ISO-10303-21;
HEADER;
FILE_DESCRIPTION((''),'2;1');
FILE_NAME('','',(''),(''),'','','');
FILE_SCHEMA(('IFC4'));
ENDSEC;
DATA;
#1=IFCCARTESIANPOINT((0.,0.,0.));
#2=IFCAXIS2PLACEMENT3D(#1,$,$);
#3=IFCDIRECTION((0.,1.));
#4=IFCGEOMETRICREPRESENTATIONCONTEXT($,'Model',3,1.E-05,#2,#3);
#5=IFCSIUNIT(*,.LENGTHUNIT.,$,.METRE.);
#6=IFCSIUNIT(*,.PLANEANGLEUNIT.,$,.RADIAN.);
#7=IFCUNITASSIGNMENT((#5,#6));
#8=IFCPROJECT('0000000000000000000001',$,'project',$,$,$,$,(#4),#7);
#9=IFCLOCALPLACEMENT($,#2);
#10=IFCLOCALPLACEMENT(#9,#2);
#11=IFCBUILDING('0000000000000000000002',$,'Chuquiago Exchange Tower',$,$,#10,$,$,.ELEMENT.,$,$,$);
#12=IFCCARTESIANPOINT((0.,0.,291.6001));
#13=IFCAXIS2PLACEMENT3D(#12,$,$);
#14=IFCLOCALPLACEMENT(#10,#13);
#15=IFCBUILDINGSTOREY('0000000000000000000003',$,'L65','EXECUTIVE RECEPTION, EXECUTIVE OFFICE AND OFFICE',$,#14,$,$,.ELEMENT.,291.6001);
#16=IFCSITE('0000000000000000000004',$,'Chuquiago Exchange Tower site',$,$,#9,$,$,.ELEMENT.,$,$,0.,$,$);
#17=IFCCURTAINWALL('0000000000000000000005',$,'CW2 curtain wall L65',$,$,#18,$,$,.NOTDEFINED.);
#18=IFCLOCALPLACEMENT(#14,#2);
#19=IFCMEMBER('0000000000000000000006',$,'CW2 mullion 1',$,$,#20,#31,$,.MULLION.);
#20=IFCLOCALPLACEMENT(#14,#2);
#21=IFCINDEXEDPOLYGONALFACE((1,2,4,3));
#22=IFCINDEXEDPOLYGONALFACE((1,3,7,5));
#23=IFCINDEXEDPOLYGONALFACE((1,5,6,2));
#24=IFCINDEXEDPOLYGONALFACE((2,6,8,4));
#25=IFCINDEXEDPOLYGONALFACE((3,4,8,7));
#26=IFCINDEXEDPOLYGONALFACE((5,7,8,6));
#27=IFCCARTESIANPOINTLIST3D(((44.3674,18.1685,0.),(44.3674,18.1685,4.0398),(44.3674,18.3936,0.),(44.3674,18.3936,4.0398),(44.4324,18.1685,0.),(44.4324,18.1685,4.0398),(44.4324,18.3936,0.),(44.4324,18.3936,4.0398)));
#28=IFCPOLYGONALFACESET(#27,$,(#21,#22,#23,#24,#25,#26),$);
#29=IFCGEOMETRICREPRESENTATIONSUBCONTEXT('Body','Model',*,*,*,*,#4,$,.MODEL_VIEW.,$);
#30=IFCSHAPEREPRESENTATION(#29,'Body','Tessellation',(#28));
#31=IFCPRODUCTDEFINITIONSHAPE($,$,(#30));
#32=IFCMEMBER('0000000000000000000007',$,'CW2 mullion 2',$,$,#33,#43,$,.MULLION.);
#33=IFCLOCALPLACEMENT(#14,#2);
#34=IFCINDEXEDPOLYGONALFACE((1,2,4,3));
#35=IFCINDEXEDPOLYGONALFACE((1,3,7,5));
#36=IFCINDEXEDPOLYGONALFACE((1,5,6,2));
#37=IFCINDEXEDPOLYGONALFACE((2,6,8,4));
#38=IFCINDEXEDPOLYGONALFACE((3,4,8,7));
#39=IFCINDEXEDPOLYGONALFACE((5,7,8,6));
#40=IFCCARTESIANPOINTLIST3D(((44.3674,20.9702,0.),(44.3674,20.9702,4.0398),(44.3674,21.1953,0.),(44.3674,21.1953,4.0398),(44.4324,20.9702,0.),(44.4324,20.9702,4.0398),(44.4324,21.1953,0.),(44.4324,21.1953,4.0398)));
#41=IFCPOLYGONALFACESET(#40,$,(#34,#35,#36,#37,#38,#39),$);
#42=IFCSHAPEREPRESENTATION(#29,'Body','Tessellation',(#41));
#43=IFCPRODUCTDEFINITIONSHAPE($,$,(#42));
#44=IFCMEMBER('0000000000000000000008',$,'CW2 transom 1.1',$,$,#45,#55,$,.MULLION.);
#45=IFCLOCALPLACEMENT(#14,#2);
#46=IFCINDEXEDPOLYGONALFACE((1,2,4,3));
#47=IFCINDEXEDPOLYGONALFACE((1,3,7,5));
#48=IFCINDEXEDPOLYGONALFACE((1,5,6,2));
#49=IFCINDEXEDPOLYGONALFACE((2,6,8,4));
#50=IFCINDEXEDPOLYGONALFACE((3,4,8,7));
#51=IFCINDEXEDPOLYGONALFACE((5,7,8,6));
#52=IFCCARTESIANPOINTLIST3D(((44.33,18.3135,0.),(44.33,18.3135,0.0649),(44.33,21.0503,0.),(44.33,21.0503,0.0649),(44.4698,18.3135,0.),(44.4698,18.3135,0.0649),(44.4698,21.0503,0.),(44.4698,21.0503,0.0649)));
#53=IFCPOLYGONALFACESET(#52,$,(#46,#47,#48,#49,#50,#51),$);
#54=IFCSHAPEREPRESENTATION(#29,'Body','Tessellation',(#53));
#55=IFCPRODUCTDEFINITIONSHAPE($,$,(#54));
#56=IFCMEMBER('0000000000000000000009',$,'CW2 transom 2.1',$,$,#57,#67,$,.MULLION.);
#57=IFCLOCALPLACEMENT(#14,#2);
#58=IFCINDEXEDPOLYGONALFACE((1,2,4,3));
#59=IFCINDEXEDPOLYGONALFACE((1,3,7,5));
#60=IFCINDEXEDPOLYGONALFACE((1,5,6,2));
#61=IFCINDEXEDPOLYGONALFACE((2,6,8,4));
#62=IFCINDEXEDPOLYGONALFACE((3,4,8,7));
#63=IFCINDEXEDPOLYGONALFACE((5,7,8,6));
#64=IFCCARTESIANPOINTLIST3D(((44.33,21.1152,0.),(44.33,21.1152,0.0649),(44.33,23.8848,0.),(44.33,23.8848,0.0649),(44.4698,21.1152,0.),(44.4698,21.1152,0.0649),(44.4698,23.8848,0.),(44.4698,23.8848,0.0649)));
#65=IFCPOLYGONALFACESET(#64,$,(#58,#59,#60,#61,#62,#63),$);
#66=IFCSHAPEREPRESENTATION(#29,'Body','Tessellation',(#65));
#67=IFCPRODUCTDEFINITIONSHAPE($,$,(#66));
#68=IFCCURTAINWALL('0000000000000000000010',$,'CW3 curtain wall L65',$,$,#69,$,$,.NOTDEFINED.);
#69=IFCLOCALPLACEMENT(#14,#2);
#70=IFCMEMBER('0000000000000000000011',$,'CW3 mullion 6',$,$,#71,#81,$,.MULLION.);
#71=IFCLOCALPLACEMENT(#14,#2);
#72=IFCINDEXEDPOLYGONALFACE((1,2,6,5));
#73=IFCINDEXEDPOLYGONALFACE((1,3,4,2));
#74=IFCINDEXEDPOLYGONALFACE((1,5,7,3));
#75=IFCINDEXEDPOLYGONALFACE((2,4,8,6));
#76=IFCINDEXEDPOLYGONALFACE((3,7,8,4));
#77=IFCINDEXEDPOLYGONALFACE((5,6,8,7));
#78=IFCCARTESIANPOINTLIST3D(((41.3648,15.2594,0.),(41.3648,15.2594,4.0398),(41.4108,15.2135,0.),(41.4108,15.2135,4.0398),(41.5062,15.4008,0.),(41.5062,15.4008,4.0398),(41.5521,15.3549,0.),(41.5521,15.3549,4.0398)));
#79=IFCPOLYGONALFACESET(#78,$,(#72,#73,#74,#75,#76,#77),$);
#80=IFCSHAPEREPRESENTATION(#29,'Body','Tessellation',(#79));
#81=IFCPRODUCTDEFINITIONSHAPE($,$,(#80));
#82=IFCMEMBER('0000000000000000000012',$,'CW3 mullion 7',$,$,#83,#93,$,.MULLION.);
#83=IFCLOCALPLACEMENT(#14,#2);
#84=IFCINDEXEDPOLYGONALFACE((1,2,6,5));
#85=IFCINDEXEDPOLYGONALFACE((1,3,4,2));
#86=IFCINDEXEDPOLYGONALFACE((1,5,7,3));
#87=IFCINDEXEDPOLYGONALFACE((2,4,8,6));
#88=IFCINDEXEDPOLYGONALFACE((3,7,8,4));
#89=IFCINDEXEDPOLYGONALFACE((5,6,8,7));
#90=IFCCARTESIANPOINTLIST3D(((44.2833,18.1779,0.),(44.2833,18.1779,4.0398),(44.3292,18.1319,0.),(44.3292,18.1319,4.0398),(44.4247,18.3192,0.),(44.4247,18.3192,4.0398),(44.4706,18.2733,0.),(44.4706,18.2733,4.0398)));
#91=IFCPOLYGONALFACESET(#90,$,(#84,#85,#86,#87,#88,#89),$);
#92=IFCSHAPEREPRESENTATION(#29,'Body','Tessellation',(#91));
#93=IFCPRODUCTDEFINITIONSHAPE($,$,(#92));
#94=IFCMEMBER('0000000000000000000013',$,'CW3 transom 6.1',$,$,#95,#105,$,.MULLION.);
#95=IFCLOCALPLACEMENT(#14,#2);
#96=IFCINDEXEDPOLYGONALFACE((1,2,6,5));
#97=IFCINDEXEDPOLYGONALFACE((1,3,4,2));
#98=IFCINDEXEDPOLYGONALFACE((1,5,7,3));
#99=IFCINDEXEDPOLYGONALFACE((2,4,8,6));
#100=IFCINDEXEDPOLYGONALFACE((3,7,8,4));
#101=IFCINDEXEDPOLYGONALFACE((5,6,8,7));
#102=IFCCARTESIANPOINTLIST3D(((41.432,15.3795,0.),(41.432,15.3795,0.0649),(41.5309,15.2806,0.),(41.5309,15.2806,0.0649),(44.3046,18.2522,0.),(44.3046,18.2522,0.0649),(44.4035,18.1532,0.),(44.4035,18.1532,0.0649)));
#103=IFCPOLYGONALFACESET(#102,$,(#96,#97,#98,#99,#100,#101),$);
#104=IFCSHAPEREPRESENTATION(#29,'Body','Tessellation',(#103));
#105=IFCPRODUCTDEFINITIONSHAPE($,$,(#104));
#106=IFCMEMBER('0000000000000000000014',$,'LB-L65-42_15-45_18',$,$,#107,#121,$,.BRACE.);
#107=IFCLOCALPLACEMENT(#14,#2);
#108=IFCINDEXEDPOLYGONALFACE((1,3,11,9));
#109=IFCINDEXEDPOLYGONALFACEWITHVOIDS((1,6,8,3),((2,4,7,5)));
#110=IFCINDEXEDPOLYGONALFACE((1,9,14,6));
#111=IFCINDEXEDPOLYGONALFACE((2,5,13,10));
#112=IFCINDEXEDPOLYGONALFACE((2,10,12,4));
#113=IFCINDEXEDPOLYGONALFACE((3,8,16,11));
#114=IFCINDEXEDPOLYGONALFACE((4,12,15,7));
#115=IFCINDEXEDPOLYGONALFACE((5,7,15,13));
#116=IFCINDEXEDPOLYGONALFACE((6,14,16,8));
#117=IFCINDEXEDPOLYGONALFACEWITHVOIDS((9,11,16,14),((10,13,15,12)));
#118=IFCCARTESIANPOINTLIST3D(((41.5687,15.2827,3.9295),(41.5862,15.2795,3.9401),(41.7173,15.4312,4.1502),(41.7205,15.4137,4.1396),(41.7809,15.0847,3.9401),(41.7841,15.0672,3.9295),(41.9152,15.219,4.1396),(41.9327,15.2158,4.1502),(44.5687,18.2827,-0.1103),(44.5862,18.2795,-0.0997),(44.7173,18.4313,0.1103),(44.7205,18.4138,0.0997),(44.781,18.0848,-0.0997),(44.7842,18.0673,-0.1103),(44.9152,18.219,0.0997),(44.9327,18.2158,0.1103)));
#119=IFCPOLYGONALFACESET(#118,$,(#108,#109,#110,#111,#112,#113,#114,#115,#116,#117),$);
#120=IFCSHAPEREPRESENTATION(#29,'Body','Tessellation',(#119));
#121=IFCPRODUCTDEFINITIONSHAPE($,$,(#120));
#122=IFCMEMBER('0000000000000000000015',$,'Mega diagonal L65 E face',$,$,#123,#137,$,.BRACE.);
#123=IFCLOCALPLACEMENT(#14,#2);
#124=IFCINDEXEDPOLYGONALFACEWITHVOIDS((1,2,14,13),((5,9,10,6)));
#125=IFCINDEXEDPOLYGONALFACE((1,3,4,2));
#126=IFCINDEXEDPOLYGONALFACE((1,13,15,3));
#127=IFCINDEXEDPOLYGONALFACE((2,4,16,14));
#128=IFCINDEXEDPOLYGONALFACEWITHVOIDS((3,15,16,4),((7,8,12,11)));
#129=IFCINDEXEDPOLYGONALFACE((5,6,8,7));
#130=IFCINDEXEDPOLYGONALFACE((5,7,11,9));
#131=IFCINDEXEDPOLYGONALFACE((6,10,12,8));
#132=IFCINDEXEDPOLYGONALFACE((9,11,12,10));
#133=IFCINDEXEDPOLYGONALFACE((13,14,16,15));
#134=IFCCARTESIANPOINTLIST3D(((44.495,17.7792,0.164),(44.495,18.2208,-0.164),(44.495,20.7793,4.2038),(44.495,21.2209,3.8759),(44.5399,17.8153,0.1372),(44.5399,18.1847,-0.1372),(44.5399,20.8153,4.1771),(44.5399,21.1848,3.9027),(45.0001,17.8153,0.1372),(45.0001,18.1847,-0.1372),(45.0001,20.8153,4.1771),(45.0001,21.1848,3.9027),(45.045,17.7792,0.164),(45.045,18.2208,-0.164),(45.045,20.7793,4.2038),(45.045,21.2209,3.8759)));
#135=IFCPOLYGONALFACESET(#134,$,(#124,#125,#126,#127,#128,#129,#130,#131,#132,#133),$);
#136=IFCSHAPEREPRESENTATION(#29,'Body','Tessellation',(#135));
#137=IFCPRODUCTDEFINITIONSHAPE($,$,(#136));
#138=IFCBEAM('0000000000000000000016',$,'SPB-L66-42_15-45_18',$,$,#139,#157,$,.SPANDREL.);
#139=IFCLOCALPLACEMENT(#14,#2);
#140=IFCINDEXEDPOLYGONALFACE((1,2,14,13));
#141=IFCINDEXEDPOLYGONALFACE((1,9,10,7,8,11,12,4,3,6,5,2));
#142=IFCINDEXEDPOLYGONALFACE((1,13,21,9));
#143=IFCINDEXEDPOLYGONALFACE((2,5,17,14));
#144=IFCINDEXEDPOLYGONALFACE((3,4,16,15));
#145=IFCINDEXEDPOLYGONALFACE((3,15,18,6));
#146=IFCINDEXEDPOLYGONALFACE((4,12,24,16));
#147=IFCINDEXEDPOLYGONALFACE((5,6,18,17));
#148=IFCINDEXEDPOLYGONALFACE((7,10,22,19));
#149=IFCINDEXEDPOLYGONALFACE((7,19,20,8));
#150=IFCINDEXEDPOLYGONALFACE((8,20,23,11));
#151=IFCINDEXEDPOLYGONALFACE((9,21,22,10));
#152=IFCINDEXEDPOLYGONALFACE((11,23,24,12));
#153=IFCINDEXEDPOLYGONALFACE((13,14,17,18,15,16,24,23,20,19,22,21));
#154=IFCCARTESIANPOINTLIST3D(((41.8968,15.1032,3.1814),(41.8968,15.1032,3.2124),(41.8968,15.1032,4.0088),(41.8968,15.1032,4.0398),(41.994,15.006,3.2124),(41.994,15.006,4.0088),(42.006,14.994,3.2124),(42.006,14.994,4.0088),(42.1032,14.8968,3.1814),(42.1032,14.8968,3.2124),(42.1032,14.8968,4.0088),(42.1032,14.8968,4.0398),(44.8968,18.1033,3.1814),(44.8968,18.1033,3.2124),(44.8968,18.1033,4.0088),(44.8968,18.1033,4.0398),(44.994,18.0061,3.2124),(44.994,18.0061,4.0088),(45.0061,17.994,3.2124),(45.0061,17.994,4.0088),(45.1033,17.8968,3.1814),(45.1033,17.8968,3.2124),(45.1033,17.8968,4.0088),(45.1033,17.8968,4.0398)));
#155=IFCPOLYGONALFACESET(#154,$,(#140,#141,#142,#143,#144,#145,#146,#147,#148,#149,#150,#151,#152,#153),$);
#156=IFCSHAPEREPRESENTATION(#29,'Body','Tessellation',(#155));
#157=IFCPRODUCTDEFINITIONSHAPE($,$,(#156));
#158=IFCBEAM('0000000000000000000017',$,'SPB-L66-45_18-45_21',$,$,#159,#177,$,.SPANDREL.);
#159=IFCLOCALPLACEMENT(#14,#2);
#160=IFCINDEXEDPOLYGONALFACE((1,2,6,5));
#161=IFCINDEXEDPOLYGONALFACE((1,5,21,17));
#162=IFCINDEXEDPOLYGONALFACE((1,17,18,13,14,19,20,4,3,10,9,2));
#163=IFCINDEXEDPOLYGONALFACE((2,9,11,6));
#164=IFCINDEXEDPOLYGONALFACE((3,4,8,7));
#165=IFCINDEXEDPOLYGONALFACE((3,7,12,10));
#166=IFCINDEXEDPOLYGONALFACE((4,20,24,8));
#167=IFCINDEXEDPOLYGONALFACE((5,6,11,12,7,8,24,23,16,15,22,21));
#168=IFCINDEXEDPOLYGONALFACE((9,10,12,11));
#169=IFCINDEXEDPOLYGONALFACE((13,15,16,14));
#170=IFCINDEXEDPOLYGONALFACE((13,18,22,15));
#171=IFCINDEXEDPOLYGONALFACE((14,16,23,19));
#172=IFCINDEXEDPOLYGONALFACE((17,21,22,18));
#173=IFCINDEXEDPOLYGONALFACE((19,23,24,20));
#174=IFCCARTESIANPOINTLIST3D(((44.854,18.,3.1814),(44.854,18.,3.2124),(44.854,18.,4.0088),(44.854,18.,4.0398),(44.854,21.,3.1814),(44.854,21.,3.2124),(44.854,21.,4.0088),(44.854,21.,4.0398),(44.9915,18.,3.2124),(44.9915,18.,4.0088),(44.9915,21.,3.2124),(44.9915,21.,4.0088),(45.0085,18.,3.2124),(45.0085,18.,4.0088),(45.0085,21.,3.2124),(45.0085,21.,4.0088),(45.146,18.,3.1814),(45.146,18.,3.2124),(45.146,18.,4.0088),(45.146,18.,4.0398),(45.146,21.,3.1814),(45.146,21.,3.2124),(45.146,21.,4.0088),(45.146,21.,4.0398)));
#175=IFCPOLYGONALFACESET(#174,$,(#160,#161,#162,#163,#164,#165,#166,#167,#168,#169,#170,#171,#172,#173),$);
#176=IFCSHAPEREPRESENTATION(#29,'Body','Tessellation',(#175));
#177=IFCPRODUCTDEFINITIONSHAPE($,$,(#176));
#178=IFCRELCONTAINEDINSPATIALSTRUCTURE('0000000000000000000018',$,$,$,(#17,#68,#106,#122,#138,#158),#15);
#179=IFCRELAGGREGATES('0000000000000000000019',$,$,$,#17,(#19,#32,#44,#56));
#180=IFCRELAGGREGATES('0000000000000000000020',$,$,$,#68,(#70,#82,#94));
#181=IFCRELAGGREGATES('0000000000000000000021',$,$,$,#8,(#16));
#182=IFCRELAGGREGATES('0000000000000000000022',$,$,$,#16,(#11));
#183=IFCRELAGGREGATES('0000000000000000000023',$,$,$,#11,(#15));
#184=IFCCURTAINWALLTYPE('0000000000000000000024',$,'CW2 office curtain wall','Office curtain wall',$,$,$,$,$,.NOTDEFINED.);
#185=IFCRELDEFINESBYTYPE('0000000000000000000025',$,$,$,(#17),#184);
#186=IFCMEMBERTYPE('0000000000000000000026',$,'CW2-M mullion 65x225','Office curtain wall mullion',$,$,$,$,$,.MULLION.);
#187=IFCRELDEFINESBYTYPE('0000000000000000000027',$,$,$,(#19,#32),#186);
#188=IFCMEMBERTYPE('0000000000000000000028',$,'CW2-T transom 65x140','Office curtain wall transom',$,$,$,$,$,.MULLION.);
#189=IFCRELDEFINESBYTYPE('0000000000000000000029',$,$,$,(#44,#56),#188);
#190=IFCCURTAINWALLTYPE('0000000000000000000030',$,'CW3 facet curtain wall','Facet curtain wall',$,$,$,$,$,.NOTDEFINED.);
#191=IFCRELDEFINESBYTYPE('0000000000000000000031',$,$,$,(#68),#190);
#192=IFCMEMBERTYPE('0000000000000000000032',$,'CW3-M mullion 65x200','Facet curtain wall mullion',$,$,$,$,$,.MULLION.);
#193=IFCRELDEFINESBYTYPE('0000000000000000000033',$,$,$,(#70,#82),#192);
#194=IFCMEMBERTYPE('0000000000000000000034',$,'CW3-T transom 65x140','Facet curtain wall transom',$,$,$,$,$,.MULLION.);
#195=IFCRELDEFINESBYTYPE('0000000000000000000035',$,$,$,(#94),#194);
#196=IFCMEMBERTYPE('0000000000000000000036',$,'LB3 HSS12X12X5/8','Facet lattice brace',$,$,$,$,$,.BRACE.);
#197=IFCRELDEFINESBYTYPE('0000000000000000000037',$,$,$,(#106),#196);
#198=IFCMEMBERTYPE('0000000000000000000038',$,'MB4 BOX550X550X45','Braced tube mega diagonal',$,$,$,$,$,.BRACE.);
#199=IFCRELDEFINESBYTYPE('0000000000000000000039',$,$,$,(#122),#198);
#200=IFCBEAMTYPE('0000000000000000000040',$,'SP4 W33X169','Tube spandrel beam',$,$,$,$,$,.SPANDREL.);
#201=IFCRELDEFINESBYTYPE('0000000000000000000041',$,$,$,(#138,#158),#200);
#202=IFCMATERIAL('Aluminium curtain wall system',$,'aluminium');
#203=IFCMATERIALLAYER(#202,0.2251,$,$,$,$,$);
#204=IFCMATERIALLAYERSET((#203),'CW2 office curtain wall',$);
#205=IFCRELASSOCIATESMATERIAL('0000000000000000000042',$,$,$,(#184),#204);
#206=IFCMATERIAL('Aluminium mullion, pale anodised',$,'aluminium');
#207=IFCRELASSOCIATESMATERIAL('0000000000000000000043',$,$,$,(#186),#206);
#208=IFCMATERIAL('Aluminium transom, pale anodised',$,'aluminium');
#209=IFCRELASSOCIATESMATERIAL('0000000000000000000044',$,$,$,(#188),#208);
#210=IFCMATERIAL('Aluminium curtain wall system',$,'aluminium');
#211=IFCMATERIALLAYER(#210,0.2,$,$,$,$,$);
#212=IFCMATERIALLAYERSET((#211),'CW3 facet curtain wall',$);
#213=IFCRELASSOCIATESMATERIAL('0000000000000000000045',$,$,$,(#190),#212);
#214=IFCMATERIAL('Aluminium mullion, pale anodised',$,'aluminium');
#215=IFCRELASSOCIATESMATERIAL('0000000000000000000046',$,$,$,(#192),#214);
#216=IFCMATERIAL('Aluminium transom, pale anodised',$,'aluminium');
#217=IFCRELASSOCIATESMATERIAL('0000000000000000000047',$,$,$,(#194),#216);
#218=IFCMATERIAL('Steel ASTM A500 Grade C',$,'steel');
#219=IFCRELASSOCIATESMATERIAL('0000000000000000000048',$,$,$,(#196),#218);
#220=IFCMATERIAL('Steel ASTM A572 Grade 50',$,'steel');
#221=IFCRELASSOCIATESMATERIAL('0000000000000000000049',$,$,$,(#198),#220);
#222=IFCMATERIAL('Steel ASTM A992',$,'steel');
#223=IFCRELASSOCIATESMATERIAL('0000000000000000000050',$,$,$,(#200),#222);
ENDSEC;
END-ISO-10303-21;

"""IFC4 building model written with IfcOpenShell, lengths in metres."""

from ifc_helpers import new_model, si_unit, direction, frame, origin, origin_2d, place, context, subcontext, project, spatial, rectangle, hollow_rectangle, i_section, extrude, material, layer, layer_set, material_profile, profile_set, type_object, element, aggregate, save


model = new_model("IFC4")

# Units and contexts
model_context = context("Model", 3, precision=1e-05, world=origin(), true_north=direction((0.0, 1.0)))
body_context = subcontext(model_context, "Body", "Model", "MODEL_VIEW")
ifc_project = project(units=[si_unit("LENGTHUNIT", "METRE"), si_unit("PLANEANGLEUNIT", "RADIAN")], contexts=[model_context])

# Site, building, storey
site_placement = place(None, origin())
site = spatial("IfcSite", under=ifc_project, at=site_placement, Name="Chuquiago Exchange Tower site", CompositionType="ELEMENT", RefElevation=0.0)
building_placement = place(site_placement, origin())
building = spatial("IfcBuilding", under=site, at=building_placement, Name="Chuquiago Exchange Tower", CompositionType="ELEMENT")
storey_placement = place(building_placement, frame((0.0, 0.0, 291.6001)))
storey = spatial("IfcBuildingStorey", under=building, at=storey_placement, Name="L65", Description="EXECUTIVE RECEPTION, EXECUTIVE OFFICE AND OFFICE", CompositionType="ELEMENT", Elevation=291.6001)

# Curtain walls, members
ifc_material_1 = material(Name="Aluminium curtain wall system", Category="aluminium")
ifc_layer_1 = layer(ifc_material_1, 0.2251)
ifc_layer_set_1 = layer_set([ifc_layer_1], Name="CW2 office curtain wall")
curtain_wall_type_1 = type_object("IfcCurtainWallType", Name="CW2 office curtain wall", Description="Office curtain wall", PredefinedType="NOTDEFINED", material=ifc_layer_set_1)
curtain_wall_1_placement = place(storey_placement, origin())
curtain_wall_1 = element("IfcCurtainWall", 1, at=curtain_wall_1_placement, inside=storey, type_object=curtain_wall_type_1, Name="CW2 curtain wall L65", PredefinedType="NOTDEFINED")
ifc_material_2 = material(Name="Aluminium mullion, pale anodised", Category="aluminium")
ifc_material_profile_1 = material_profile(ifc_material_2, rectangle(XDim=0.0649, YDim=0.2251, at=origin_2d()), Name="AL 65x225")
ifc_profile_set_1 = profile_set([ifc_material_profile_1], Name="Aluminium mullion, pale anodised")
member_type_1 = type_object("IfcMemberType", Name="CW2-M mullion 65x225", Description="Office curtain wall mullion", PredefinedType="MULLION", material=ifc_profile_set_1)
member_1_placement = place(storey_placement, frame((44.3999, 18.281, 0.0), z_axis=(0.0, 0.0, 1.0), x_axis=(-1.0, 0.0, 0.0)))
member_1 = element("IfcMember", 2, at=member_1_placement, type_object=member_type_1, Name="CW2 mullion 1", PredefinedType="MULLION", context=body_context, shape_type="SweptSolid", body=[
    extrude(rectangle(XDim=0.0649, YDim=0.2251, at=origin_2d()), origin(), (0.0, 0.0, 1.0), 4.0398),
])
member_2_placement = place(storey_placement, frame((44.3999, 21.0828, 0.0), z_axis=(0.0, 0.0, 1.0), x_axis=(-1.0, 0.0, 0.0)))
member_2 = element("IfcMember", 3, at=member_2_placement, type_object=member_type_1, Name="CW2 mullion 2", PredefinedType="MULLION", context=body_context, shape_type="SweptSolid", body=[
    extrude(rectangle(XDim=0.0649, YDim=0.2251, at=origin_2d()), origin(), (0.0, 0.0, 1.0), 4.0398),
])
ifc_material_3 = material(Name="Aluminium transom, pale anodised", Category="aluminium")
ifc_material_profile_2 = material_profile(ifc_material_3, rectangle(XDim=0.1399, YDim=0.0649, at=origin_2d()), Name="AL 140x65")
ifc_profile_set_2 = profile_set([ifc_material_profile_2], Name="Aluminium transom, pale anodised")
member_type_2 = type_object("IfcMemberType", Name="CW2-T transom 65x140", Description="Office curtain wall transom", PredefinedType="MULLION", material=ifc_profile_set_2)
member_3_placement = place(storey_placement, frame((44.3999, 18.3135, 0.0325), z_axis=(0.0, 1.0, 0.0), x_axis=(-1.0, 0.0, 0.0)))
member_3 = element("IfcMember", 4, at=member_3_placement, type_object=member_type_2, Name="CW2 transom 1.1", PredefinedType="MULLION", context=body_context, shape_type="SweptSolid", body=[
    extrude(rectangle(XDim=0.1399, YDim=0.0649, at=origin_2d()), origin(), (0.0, 0.0, 1.0), 2.7368),
])
member_4_placement = place(storey_placement, frame((44.3999, 21.1152, 0.0325), z_axis=(0.0, 1.0, 0.0), x_axis=(-1.0, 0.0, 0.0)))
member_4 = element("IfcMember", 5, at=member_4_placement, type_object=member_type_2, Name="CW2 transom 2.1", PredefinedType="MULLION", context=body_context, shape_type="SweptSolid", body=[
    extrude(rectangle(XDim=0.1399, YDim=0.0649, at=origin_2d()), origin(), (0.0, 0.0, 1.0), 2.7695),
])
ifc_material_4 = material(Name="Aluminium curtain wall system", Category="aluminium")
ifc_layer_2 = layer(ifc_material_4, 0.2)
ifc_layer_set_2 = layer_set([ifc_layer_2], Name="CW3 facet curtain wall")
curtain_wall_type_2 = type_object("IfcCurtainWallType", Name="CW3 facet curtain wall", Description="Facet curtain wall", PredefinedType="NOTDEFINED", material=ifc_layer_set_2)
curtain_wall_2_placement = place(storey_placement, origin())
curtain_wall_2 = element("IfcCurtainWall", 6, at=curtain_wall_2_placement, inside=storey, type_object=curtain_wall_type_2, Name="CW3 curtain wall L65", PredefinedType="NOTDEFINED")
ifc_material_5 = material(Name="Aluminium mullion, pale anodised", Category="aluminium")
ifc_material_profile_3 = material_profile(ifc_material_5, rectangle(XDim=0.0649, YDim=0.2, at=origin_2d()), Name="AL 65x200")
ifc_profile_set_3 = profile_set([ifc_material_profile_3], Name="Aluminium mullion, pale anodised")
member_type_3 = type_object("IfcMemberType", Name="CW3-M mullion 65x200", Description="Facet curtain wall mullion", PredefinedType="MULLION", material=ifc_profile_set_3)
member_5_placement = place(storey_placement, frame((41.4585, 15.3071, 0.0), z_axis=(0.0, 0.0, 1.0), x_axis=(-0.707107, 0.707107, 0.0)))
member_5 = element("IfcMember", 7, at=member_5_placement, type_object=member_type_3, Name="CW3 mullion 6", PredefinedType="MULLION", context=body_context, shape_type="SweptSolid", body=[
    extrude(rectangle(XDim=0.0649, YDim=0.2, at=origin_2d()), origin(), (0.0, 0.0, 1.0), 4.0398),
])
member_6_placement = place(storey_placement, frame((44.377, 18.2256, 0.0), z_axis=(0.0, 0.0, 1.0), x_axis=(-0.707107, 0.707107, 0.0)))
member_6 = element("IfcMember", 8, at=member_6_placement, type_object=member_type_3, Name="CW3 mullion 7", PredefinedType="MULLION", context=body_context, shape_type="SweptSolid", body=[
    extrude(rectangle(XDim=0.0649, YDim=0.2, at=origin_2d()), origin(), (0.0, 0.0, 1.0), 4.0398),
])
ifc_material_6 = material(Name="Aluminium transom, pale anodised", Category="aluminium")
ifc_material_profile_4 = material_profile(ifc_material_6, rectangle(XDim=0.1399, YDim=0.0649, at=origin_2d()), Name="AL 140x65")
ifc_profile_set_4 = profile_set([ifc_material_profile_4], Name="Aluminium transom, pale anodised")
member_type_4 = type_object("IfcMemberType", Name="CW3-T transom 65x140", Description="Facet curtain wall transom", PredefinedType="MULLION", material=ifc_profile_set_4)
member_7_placement = place(storey_placement, frame((41.4814, 15.3301, 0.0325), z_axis=(0.707107, 0.707107, 0.0), x_axis=(-0.707107, 0.707107, 0.0)))
member_7 = element("IfcMember", 9, at=member_7_placement, type_object=member_type_4, Name="CW3 transom 6.1", PredefinedType="MULLION", context=body_context, shape_type="SweptSolid", body=[
    extrude(rectangle(XDim=0.1399, YDim=0.0649, at=origin_2d()), origin(), (0.0, 0.0, 1.0), 4.0625),
])

# Members
ifc_material_7 = material(Name="Steel ASTM A500 Grade C", Category="steel")
ifc_material_profile_5 = material_profile(ifc_material_7, hollow_rectangle(XDim=0.3047, YDim=0.3047, WallThickness=0.0146, at=origin_2d()), Name="HSS12X12X5/8")
ifc_profile_set_5 = profile_set([ifc_material_profile_5], Name="Steel ASTM A500 Grade C")
member_type_5 = type_object("IfcMemberType", Name="LB3 HSS12X12X5/8", Description="Facet lattice brace", PredefinedType="BRACE", material=ifc_profile_set_5)
member_8_placement = place(storey_placement, frame((44.7507, 18.2493, 0.0), z_axis=(-0.512092, -0.512092, 0.689582), x_axis=(0.707107, -0.707107, 0.0)))
element("IfcMember", 10, at=member_8_placement, inside=storey, type_object=member_type_5, Name="LB-L65-42_15-45_18", PredefinedType="BRACE", context=body_context, shape_type="SweptSolid", body=[
    extrude(hollow_rectangle(XDim=0.3047, YDim=0.3047, WallThickness=0.0146, at=origin_2d()), origin(), (0.0, 0.0, 1.0), 5.8584),
])
ifc_material_8 = material(Name="Steel ASTM A572 Grade 50", Category="steel")
ifc_material_profile_6 = material_profile(ifc_material_8, hollow_rectangle(XDim=0.55, YDim=0.55, WallThickness=0.0449, at=origin_2d()), Name="BOX550X550X45")
ifc_profile_set_6 = profile_set([ifc_material_profile_6], Name="Steel ASTM A572 Grade 50")
member_type_6 = type_object("IfcMemberType", Name="MB4 BOX550X550X45", Description="Braced tube mega diagonal", PredefinedType="BRACE", material=ifc_profile_set_6)
member_9_placement = place(storey_placement, frame((44.77, 18.0, 0.0), z_axis=(0.0, 0.596197, 0.802838), x_axis=(-1.0, 0.0, 0.0)))
element("IfcMember", 11, at=member_9_placement, inside=storey, type_object=member_type_6, Name="Mega diagonal L65 E face", PredefinedType="BRACE", context=body_context, shape_type="SweptSolid", body=[
    extrude(hollow_rectangle(XDim=0.55, YDim=0.55, WallThickness=0.0449, at=origin_2d()), origin(), (0.0, 0.0, 1.0), 5.032),
])

# Beams
ifc_material_9 = material(Name="Steel ASTM A992", Category="steel")
ifc_material_profile_7 = material_profile(ifc_material_9, i_section(OverallWidth=0.292, OverallDepth=0.8584, WebThickness=0.0171, FlangeThickness=0.031, at=origin_2d()), Name="W33X169")
ifc_profile_set_7 = profile_set([ifc_material_profile_7], Name="Steel ASTM A992")
beam_type_1 = type_object("IfcBeamType", Name="SP4 W33X169", Description="Tube spandrel beam", PredefinedType="SPANDREL", material=ifc_profile_set_7)
beam_1_placement = place(storey_placement, frame((42.0, 15.0, 3.6106), z_axis=(0.707107, 0.707107, 0.0), x_axis=(-0.707107, 0.707107, 0.0)))
element("IfcBeam", 12, at=beam_1_placement, inside=storey, type_object=beam_type_1, Name="SPB-L66-42_15-45_18", PredefinedType="SPANDREL", context=body_context, shape_type="SweptSolid", body=[
    extrude(i_section(OverallWidth=0.292, OverallDepth=0.8584, WebThickness=0.0171, FlangeThickness=0.031, at=origin_2d()), origin(), (0.0, 0.0, 1.0), 4.2427),
])
for number, where, z_axis, x_axis, name in (
    (13, (45.0, 18.0, 3.6106), (0.0, 1.0, 0.0), (-1.0, 0.0, 0.0), "SPB-L66-45_18-45_21"),
):
    element("IfcBeam", number, at=place(storey_placement, frame(where, z_axis=z_axis, x_axis=x_axis)), inside=storey, type_object=beam_type_1, Name=name, PredefinedType="SPANDREL", context=body_context, shape_type="SweptSolid", body=[
        extrude(i_section(OverallWidth=0.292, OverallDepth=0.8584, WebThickness=0.0171, FlangeThickness=0.031, at=origin_2d()), origin(), (0.0, 0.0, 1.0), 3.0),
    ])

aggregate(curtain_wall_1, [member_1, member_2, member_3, member_4])
aggregate(curtain_wall_2, [member_5, member_6, member_7])

save(model, "model.ifc")
